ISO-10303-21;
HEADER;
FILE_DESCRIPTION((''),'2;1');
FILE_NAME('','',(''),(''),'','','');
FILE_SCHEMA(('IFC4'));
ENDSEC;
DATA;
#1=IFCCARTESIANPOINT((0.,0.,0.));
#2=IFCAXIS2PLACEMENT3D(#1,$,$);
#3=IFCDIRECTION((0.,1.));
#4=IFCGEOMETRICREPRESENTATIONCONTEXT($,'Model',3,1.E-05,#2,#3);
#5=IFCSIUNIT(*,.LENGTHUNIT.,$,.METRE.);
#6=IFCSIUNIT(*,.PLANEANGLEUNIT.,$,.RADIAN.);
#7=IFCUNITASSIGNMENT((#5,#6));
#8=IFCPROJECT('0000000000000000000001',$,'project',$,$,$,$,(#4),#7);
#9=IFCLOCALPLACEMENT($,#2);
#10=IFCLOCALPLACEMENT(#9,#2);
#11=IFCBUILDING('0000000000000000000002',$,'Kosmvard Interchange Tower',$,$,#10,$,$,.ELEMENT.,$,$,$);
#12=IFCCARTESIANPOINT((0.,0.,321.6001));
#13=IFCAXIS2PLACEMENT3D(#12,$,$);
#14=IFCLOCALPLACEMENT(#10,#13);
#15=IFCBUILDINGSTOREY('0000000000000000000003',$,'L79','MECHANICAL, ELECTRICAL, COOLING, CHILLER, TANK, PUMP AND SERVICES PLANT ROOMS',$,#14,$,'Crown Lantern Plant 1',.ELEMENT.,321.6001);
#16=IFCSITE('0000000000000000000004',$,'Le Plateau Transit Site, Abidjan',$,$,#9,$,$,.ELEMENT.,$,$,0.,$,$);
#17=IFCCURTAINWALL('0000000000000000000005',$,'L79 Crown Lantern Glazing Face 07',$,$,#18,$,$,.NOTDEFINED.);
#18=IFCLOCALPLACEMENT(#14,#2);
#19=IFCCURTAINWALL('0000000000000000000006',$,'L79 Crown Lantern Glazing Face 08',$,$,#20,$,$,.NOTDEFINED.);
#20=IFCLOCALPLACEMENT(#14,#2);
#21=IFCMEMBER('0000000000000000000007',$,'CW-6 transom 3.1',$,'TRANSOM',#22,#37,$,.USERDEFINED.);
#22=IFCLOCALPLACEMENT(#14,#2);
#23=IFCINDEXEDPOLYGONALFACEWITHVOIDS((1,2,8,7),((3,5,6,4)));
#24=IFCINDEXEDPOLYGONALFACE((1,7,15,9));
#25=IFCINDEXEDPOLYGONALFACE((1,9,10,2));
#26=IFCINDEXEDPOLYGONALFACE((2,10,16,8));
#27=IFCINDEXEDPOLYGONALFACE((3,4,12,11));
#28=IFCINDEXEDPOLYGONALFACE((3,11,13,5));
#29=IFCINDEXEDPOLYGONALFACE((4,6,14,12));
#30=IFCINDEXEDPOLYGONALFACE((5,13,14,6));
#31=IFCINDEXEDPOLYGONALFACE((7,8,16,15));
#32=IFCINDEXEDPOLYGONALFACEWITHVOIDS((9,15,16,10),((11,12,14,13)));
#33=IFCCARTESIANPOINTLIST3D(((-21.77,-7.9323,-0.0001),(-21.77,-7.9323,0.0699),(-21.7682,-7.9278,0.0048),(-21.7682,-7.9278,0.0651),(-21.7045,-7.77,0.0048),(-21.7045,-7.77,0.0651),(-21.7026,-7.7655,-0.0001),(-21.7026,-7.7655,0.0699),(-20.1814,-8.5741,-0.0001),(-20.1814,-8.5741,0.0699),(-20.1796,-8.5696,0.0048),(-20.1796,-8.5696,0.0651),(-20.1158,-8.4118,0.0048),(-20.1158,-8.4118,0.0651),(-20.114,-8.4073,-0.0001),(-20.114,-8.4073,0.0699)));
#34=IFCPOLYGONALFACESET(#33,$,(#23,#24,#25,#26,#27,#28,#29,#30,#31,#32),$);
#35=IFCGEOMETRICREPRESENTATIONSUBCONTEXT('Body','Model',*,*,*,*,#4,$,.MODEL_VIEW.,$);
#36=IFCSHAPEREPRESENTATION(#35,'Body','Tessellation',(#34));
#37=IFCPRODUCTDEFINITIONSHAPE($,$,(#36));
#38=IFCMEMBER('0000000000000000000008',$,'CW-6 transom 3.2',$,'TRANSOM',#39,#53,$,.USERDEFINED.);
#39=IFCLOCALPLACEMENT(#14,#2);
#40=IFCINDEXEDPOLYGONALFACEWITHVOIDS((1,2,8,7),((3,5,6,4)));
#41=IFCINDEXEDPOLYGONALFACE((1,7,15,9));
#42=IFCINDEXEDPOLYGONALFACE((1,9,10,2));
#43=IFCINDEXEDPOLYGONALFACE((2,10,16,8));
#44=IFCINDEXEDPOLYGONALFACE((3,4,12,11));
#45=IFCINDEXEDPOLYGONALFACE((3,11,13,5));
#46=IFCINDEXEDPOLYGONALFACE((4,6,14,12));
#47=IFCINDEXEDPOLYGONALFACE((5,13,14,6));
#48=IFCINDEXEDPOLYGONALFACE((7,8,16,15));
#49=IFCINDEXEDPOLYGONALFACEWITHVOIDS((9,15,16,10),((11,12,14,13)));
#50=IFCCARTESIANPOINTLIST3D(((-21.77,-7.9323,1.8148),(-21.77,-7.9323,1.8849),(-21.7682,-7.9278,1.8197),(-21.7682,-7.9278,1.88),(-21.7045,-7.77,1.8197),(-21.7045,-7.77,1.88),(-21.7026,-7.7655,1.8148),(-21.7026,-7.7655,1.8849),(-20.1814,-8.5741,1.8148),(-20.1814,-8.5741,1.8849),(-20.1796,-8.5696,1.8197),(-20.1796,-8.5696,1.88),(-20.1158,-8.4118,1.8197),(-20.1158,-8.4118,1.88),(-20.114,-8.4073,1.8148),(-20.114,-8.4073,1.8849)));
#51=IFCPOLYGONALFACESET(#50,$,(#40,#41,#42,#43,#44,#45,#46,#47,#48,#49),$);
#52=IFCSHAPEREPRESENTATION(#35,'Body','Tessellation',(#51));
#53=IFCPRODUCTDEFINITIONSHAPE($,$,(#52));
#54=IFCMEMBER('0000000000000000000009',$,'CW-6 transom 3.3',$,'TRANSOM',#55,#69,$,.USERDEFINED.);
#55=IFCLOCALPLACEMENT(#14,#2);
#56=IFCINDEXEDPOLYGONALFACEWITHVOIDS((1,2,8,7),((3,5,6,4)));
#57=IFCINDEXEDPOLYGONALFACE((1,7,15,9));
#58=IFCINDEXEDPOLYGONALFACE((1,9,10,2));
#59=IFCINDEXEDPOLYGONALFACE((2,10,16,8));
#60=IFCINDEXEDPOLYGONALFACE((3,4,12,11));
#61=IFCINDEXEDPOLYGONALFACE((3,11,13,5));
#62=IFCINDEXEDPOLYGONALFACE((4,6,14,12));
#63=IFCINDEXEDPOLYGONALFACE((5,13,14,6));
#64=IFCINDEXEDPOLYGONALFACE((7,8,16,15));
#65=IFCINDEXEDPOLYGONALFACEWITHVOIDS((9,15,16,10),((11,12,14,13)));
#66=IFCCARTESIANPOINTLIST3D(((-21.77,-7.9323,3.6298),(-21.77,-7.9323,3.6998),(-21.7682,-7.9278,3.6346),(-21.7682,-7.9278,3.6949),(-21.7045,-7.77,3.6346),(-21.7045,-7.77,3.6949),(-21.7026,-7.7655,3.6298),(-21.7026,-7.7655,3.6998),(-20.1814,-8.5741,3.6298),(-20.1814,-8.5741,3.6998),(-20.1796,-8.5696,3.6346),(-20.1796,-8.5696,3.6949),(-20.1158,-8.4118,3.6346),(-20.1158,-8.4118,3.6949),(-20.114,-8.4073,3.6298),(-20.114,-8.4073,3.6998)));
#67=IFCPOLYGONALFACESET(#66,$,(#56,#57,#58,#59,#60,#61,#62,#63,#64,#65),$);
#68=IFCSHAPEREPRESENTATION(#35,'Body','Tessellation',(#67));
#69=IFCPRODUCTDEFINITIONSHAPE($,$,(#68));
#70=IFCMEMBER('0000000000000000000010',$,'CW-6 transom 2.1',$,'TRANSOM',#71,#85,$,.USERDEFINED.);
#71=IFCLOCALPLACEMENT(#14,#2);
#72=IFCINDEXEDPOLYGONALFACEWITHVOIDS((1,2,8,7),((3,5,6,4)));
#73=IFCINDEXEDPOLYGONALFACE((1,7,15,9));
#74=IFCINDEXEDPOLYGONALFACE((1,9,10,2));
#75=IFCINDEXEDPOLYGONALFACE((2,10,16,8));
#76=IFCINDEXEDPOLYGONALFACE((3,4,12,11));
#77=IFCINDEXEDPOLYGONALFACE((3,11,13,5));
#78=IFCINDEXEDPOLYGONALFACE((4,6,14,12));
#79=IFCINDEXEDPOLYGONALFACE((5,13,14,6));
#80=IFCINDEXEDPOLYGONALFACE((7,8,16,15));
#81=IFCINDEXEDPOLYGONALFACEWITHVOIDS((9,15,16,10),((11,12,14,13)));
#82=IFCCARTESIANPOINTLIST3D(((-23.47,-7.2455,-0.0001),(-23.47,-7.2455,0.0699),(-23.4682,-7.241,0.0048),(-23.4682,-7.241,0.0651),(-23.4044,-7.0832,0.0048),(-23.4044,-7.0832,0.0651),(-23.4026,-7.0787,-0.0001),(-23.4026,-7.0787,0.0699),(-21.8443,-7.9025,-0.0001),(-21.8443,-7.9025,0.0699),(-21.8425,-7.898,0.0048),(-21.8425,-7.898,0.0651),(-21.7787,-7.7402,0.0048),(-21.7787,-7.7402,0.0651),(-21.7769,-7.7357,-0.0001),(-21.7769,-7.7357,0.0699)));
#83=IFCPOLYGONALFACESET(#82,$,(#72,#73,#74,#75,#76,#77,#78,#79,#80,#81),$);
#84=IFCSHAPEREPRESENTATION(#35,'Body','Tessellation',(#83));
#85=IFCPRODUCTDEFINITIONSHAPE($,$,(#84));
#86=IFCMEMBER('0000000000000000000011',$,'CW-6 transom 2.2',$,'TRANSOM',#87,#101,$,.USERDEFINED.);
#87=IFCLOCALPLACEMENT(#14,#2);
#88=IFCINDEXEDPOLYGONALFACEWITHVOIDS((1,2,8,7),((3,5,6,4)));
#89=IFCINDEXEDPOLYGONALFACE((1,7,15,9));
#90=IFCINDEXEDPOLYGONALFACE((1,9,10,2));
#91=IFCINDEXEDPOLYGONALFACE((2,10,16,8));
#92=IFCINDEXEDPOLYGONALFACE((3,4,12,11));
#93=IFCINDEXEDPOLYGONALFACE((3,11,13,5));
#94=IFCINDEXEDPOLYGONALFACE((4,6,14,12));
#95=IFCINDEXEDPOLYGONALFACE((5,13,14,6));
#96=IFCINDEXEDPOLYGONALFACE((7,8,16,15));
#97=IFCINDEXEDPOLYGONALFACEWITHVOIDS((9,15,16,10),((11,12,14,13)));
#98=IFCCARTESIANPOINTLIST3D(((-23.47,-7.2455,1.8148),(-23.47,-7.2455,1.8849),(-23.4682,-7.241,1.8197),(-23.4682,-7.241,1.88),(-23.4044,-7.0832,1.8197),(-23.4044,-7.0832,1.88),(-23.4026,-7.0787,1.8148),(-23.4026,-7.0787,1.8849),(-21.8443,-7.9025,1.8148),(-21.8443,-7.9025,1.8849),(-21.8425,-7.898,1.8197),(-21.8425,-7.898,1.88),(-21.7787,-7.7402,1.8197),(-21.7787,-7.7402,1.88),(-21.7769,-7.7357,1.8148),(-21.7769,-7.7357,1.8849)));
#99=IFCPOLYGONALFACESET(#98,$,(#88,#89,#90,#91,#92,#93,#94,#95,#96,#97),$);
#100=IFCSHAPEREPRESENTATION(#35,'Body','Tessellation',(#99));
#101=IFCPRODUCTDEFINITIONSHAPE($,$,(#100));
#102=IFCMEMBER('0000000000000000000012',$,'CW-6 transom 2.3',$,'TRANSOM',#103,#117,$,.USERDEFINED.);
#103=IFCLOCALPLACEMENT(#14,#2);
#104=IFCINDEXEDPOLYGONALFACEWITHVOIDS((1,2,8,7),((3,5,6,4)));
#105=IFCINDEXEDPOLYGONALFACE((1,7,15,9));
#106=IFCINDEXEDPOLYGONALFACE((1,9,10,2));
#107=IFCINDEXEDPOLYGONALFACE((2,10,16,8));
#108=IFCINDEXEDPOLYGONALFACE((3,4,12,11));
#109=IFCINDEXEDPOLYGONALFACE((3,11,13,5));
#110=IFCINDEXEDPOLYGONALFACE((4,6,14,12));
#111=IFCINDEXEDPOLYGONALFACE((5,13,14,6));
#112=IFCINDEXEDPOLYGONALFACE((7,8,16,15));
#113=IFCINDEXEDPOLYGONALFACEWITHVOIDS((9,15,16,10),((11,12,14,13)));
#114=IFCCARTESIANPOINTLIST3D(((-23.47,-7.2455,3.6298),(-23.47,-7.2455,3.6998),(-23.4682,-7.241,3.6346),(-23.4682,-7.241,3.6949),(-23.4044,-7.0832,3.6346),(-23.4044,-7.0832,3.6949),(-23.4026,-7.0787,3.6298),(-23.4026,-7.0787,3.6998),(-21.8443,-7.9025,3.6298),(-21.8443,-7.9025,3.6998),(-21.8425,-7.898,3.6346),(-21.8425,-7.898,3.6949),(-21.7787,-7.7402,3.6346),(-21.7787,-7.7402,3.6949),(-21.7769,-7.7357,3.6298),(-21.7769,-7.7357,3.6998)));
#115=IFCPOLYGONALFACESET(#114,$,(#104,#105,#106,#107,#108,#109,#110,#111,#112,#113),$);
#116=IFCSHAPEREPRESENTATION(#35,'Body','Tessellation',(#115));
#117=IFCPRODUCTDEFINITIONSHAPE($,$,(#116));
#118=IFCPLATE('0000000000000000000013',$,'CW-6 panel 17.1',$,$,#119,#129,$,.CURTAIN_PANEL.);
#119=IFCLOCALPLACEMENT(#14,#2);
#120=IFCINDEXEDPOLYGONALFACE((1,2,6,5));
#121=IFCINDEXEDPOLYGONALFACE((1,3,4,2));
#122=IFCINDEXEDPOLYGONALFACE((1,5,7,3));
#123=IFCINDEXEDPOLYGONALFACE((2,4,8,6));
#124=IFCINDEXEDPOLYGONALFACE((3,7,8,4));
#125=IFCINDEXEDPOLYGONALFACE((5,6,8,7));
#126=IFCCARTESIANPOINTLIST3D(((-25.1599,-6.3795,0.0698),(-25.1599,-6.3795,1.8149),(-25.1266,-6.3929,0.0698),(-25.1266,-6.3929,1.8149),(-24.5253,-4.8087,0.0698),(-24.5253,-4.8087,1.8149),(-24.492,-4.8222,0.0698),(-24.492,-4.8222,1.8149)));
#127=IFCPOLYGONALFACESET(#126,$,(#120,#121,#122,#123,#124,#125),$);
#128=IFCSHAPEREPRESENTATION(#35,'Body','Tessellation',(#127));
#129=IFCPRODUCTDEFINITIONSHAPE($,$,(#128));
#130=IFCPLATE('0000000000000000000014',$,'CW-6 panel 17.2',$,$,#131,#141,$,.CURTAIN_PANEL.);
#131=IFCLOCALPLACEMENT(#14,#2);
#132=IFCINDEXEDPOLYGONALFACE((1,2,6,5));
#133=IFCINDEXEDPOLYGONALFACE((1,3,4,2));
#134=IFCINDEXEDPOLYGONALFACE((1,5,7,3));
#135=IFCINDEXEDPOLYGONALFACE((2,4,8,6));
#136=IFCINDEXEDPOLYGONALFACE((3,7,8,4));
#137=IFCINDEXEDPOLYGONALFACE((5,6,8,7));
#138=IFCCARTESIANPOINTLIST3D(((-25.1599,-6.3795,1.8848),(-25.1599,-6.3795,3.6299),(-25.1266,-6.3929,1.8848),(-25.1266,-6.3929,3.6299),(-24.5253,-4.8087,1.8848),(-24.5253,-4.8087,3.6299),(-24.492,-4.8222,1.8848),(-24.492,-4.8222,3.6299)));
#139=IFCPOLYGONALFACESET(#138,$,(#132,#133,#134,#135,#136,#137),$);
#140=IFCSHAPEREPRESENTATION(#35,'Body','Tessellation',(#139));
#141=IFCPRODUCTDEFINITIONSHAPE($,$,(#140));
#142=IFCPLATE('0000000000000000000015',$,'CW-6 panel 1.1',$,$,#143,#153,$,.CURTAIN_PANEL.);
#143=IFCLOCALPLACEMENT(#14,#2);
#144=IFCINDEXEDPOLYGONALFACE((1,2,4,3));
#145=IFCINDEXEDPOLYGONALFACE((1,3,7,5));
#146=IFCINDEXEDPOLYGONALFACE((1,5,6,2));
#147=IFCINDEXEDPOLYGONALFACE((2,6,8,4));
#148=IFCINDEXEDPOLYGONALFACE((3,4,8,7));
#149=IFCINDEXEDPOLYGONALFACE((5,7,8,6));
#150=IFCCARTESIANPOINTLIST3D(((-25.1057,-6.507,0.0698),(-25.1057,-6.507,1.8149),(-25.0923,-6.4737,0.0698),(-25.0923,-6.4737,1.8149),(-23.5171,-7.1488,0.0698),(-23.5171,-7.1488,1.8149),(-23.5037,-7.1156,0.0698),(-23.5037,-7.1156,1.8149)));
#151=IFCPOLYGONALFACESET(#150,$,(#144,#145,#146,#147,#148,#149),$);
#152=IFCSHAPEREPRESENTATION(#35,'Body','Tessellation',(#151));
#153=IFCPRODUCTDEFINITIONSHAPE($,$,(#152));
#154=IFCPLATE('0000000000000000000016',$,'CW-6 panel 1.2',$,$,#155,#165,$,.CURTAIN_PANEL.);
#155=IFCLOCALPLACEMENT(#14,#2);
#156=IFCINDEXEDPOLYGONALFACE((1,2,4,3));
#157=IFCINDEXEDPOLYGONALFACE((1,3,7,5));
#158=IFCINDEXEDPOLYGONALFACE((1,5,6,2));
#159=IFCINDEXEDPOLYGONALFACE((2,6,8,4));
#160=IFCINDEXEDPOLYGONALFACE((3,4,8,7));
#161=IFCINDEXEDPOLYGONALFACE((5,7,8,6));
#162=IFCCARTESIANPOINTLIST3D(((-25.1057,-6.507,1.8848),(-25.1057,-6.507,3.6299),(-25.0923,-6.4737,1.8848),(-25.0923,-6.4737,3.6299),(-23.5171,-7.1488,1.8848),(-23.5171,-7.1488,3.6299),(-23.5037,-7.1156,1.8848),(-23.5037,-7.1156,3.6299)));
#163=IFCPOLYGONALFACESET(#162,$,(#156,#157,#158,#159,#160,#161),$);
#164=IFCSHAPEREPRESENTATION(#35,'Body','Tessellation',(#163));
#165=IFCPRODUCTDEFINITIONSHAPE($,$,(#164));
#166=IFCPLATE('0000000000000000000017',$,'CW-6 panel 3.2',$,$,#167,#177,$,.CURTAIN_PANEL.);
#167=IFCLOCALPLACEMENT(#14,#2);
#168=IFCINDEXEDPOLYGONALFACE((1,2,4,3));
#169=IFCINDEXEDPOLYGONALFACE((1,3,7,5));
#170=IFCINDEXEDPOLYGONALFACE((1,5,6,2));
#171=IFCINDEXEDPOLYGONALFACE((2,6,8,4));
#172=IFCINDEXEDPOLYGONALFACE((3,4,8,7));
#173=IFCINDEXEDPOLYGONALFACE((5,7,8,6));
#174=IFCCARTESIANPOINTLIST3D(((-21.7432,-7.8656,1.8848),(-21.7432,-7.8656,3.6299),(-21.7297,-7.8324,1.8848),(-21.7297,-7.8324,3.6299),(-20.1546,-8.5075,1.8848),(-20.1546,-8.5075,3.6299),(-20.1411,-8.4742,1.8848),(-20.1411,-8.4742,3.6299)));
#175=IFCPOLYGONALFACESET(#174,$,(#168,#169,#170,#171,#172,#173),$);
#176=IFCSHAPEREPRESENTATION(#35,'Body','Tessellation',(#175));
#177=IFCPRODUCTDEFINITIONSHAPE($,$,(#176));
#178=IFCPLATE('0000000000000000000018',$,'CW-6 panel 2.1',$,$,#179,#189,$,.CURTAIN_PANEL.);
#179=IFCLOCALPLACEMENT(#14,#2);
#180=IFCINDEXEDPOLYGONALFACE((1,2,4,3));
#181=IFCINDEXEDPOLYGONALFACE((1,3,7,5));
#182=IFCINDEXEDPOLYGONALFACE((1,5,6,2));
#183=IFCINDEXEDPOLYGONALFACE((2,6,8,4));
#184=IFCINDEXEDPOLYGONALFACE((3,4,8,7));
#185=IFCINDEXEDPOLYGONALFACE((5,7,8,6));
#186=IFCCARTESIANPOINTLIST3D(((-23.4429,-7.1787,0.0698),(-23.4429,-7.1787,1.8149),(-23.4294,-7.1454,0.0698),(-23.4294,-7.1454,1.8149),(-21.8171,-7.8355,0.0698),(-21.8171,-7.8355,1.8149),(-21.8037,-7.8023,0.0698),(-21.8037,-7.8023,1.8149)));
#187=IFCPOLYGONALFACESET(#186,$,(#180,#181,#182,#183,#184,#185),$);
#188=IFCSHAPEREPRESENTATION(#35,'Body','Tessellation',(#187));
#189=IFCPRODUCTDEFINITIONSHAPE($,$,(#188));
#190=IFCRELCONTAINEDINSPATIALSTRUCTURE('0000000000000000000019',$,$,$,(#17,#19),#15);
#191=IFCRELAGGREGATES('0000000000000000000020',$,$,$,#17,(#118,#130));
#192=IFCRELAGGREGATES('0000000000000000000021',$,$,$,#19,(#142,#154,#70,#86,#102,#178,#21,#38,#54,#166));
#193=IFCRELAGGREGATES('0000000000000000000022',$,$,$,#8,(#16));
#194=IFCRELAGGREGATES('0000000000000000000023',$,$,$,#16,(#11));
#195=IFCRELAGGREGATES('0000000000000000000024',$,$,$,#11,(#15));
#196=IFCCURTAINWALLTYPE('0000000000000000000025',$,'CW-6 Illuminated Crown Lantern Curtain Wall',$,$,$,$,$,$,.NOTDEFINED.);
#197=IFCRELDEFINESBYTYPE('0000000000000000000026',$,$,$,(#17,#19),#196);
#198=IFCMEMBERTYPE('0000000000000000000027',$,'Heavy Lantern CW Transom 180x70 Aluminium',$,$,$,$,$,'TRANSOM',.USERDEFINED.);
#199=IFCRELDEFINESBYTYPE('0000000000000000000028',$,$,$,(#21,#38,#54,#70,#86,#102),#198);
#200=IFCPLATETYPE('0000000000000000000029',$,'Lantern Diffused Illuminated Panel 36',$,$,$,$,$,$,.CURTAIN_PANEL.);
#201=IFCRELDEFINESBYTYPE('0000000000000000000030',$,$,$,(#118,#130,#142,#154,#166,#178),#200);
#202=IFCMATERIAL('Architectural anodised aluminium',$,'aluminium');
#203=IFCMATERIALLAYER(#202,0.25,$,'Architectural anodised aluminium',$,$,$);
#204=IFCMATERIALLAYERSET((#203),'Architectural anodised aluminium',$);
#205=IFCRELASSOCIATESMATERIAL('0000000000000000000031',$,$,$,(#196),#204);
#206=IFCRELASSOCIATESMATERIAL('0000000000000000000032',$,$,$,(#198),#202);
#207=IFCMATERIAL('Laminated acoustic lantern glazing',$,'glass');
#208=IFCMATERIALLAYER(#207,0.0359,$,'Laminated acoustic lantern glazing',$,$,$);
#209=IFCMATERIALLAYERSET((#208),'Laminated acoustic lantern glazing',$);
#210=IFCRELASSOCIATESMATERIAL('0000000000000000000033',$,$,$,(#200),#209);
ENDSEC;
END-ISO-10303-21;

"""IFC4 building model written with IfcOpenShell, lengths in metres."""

from ifc_helpers import new_model, si_unit, direction, frame, origin, origin_2d, place, context, subcontext, project, spatial, rectangle, hollow_rectangle, extrude, source, transform, mapped, material, layer, layer_set, material_profile, profile_set, type_object, element, aggregate, save


model = new_model("IFC4")

# Units and contexts
model_context = context("Model", 3, precision=1e-05, world=origin(), true_north=direction((0.0, 1.0)))
body_context = subcontext(model_context, "Body", "Model", "MODEL_VIEW")
ifc_project = project(units=[si_unit("LENGTHUNIT", "METRE"), si_unit("PLANEANGLEUNIT", "RADIAN")], contexts=[model_context])

# Site, building, storey
site_placement = place(None, origin())
site = spatial("IfcSite", under=ifc_project, at=site_placement, Name="Le Plateau Transit Site, Abidjan", CompositionType="ELEMENT", RefElevation=0.0)
building_placement = place(site_placement, origin())
building = spatial("IfcBuilding", under=site, at=building_placement, Name="Kosmvard Interchange Tower", CompositionType="ELEMENT")
storey_placement = place(building_placement, frame((0.0, 0.0, 321.6001)))
storey = spatial("IfcBuildingStorey", under=building, at=storey_placement, Name="L79", Description="MECHANICAL, ELECTRICAL, COOLING, CHILLER, TANK, PUMP AND SERVICES PLANT ROOMS", LongName="Crown Lantern Plant 1", CompositionType="ELEMENT", Elevation=321.6001)

# Curtain wall
ifc_material_1 = material(Name="Architectural anodised aluminium", Category="aluminium")
ifc_layer_1 = layer(ifc_material_1, 0.25, Name="Architectural anodised aluminium")
ifc_layer_set_1 = layer_set([ifc_layer_1], Name="Architectural anodised aluminium")
curtain_wall_type = type_object("IfcCurtainWallType", Name="CW-6 Illuminated Crown Lantern Curtain Wall", PredefinedType="NOTDEFINED", material=ifc_layer_set_1)
curtain_wall_1_placement = place(storey_placement, origin())
curtain_wall_1 = element("IfcCurtainWall", 1, at=curtain_wall_1_placement, inside=storey, type_object=curtain_wall_type, Name="L79 Crown Lantern Glazing Face 07", PredefinedType="NOTDEFINED")

# Curtain wall, members
curtain_wall_2_placement = place(storey_placement, origin())
curtain_wall_2 = element("IfcCurtainWall", 2, at=curtain_wall_2_placement, inside=storey, type_object=curtain_wall_type, Name="L79 Crown Lantern Glazing Face 08", PredefinedType="NOTDEFINED")
ifc_material_profile_1 = material_profile(ifc_material_1, hollow_rectangle(XDim=0.1799, YDim=0.0701, WallThickness=0.0049, at=origin_2d()), Name="CWT 180x70x5")
ifc_profile_set_1 = profile_set([ifc_material_profile_1], Name="Architectural anodised aluminium")
member_type_1 = type_object("IfcMemberType", Name="Heavy Lantern CW Transom 180x70 Aluminium", ElementType="TRANSOM", PredefinedType="USERDEFINED", material=ifc_profile_set_1)
shared_shape_1 = source(origin(), body_context, "Body", "SweptSolid", [
    extrude(hollow_rectangle(XDim=0.1799, YDim=0.0701, WallThickness=0.0049, at=origin_2d()), origin(), (0.0, 0.0, 1.0), 1.7134),
])
member_1_placement = place(storey_placement, frame((-21.7363, -7.8489, 0.0349), z_axis=(0.927184, -0.374607, 0.0), x_axis=(0.374607, 0.927184, 0.0)))
member_1 = element("IfcMember", 3, at=member_1_placement, type_object=member_type_1, Name="CW-6 transom 3.1", ObjectType="TRANSOM", PredefinedType="USERDEFINED", context=body_context, shape_type="MappedRepresentation", body=[
    mapped(shared_shape_1, transform((0.0, 0.0, 0.0), scale=1.0)),
])
member_2_placement = place(storey_placement, frame((-21.7363, -7.8489, 1.8499), z_axis=(0.927184, -0.374607, 0.0), x_axis=(0.374607, 0.927184, 0.0)))
member_2 = element("IfcMember", 4, at=member_2_placement, type_object=member_type_1, Name="CW-6 transom 3.2", ObjectType="TRANSOM", PredefinedType="USERDEFINED", context=body_context, shape_type="MappedRepresentation", body=[
    mapped(shared_shape_1, transform((0.0, 0.0, 0.0), scale=1.0)),
])
member_3_placement = place(storey_placement, frame((-21.7363, -7.8489, 3.6648), z_axis=(0.927184, -0.374607, 0.0), x_axis=(0.374607, 0.927184, 0.0)))
member_3 = element("IfcMember", 5, at=member_3_placement, type_object=member_type_1, Name="CW-6 transom 3.3", ObjectType="TRANSOM", PredefinedType="USERDEFINED", context=body_context, shape_type="MappedRepresentation", body=[
    mapped(shared_shape_1, transform((0.0, 0.0, 0.0), scale=1.0)),
])
shared_shape_2 = source(origin(), body_context, "Body", "SweptSolid", [
    extrude(hollow_rectangle(XDim=0.1799, YDim=0.0701, WallThickness=0.0049, at=origin_2d()), origin(), (0.0, 0.0, 1.0), 1.7534),
])
member_4_placement = place(storey_placement, frame((-23.4363, -7.1621, 0.0349), z_axis=(0.927155, -0.374677, 0.0), x_axis=(0.374677, 0.927155, 0.0)))
member_4 = element("IfcMember", 6, at=member_4_placement, type_object=member_type_1, Name="CW-6 transom 2.1", ObjectType="TRANSOM", PredefinedType="USERDEFINED", context=body_context, shape_type="MappedRepresentation", body=[
    mapped(shared_shape_2, transform((0.0, 0.0, 0.0), scale=1.0)),
])
member_5_placement = place(storey_placement, frame((-23.4363, -7.1621, 1.8499), z_axis=(0.927155, -0.374677, 0.0), x_axis=(0.374677, 0.927155, 0.0)))
member_5 = element("IfcMember", 7, at=member_5_placement, type_object=member_type_1, Name="CW-6 transom 2.2", ObjectType="TRANSOM", PredefinedType="USERDEFINED", context=body_context, shape_type="MappedRepresentation", body=[
    mapped(shared_shape_2, transform((0.0, 0.0, 0.0), scale=1.0)),
])
member_6_placement = place(storey_placement, frame((-23.4363, -7.1621, 3.6648), z_axis=(0.927155, -0.374677, 0.0), x_axis=(0.374677, 0.927155, 0.0)))
member_6 = element("IfcMember", 8, at=member_6_placement, type_object=member_type_1, Name="CW-6 transom 2.3", ObjectType="TRANSOM", PredefinedType="USERDEFINED", context=body_context, shape_type="MappedRepresentation", body=[
    mapped(shared_shape_2, transform((0.0, 0.0, 0.0), scale=1.0)),
])

# Plates
ifc_material_2 = material(Name="Laminated acoustic lantern glazing", Category="glass")
ifc_layer_2 = layer(ifc_material_2, 0.0359, Name="Laminated acoustic lantern glazing")
ifc_layer_set_2 = layer_set([ifc_layer_2], Name="Laminated acoustic lantern glazing")
plate_type = type_object("IfcPlateType", Name="Lantern Diffused Illuminated Panel 36", PredefinedType="CURTAIN_PANEL", material=ifc_layer_set_2)
shared_shape_3 = source(origin(), body_context, "Body", "SweptSolid", [
    extrude(rectangle(XDim=1.6941, YDim=0.0359, at=origin_2d()), origin(), (0.0, 0.0, 1.0), 1.7451),
])
plate_1_placement = place(storey_placement, frame((-24.8259, -5.6008, 0.0698), z_axis=(0.0, 0.0, 1.0), x_axis=(-0.374607, -0.927184, 0.0)))
plate_1 = element("IfcPlate", 9, at=plate_1_placement, type_object=plate_type, Name="CW-6 panel 17.1", PredefinedType="CURTAIN_PANEL", context=body_context, shape_type="MappedRepresentation", body=[
    mapped(shared_shape_3, transform((0.0, 0.0, 0.0), scale=1.0)),
])
plate_2_placement = place(storey_placement, frame((-24.8259, -5.6008, 1.8848), z_axis=(0.0, 0.0, 1.0), x_axis=(-0.374607, -0.927184, 0.0)))
plate_2 = element("IfcPlate", 10, at=plate_2_placement, type_object=plate_type, Name="CW-6 panel 17.2", PredefinedType="CURTAIN_PANEL", context=body_context, shape_type="MappedRepresentation", body=[
    mapped(shared_shape_3, transform((0.0, 0.0, 0.0), scale=1.0)),
])
aggregate(curtain_wall_1, [plate_1, plate_2])
shared_shape_4 = source(origin(), body_context, "Body", "SweptSolid", [
    extrude(rectangle(XDim=1.7134, YDim=0.0359, at=origin_2d()), origin(), (0.0, 0.0, 1.0), 1.7451),
])
plate_3_placement = place(storey_placement, frame((-24.3047, -6.8113, 0.0698), z_axis=(0.0, 0.0, 1.0), x_axis=(0.927184, -0.374607, 0.0)))
plate_3 = element("IfcPlate", 11, at=plate_3_placement, type_object=plate_type, Name="CW-6 panel 1.1", PredefinedType="CURTAIN_PANEL", context=body_context, shape_type="MappedRepresentation", body=[
    mapped(shared_shape_4, transform((0.0, 0.0, 0.0), scale=1.0)),
])
plate_4_placement = place(storey_placement, frame((-24.3047, -6.8113, 1.8848), z_axis=(0.0, 0.0, 1.0), x_axis=(0.927184, -0.374607, 0.0)))
plate_4 = element("IfcPlate", 12, at=plate_4_placement, type_object=plate_type, Name="CW-6 panel 1.2", PredefinedType="CURTAIN_PANEL", context=body_context, shape_type="MappedRepresentation", body=[
    mapped(shared_shape_4, transform((0.0, 0.0, 0.0), scale=1.0)),
])
plate_5_placement = place(storey_placement, frame((-20.9421, -8.1699, 1.8848), z_axis=(0.0, 0.0, 1.0), x_axis=(0.927184, -0.374607, 0.0)))
plate_5 = element("IfcPlate", 13, at=plate_5_placement, type_object=plate_type, Name="CW-6 panel 3.2", PredefinedType="CURTAIN_PANEL", context=body_context, shape_type="MappedRepresentation", body=[
    mapped(shared_shape_4, transform((0.0, 0.0, 0.0), scale=1.0)),
])
shared_shape_5 = source(origin(), body_context, "Body", "SweptSolid", [
    extrude(rectangle(XDim=1.7534, YDim=0.0359, at=origin_2d()), origin(), (0.0, 0.0, 1.0), 1.7451),
])
plate_6_placement = place(storey_placement, frame((-22.6233, -7.4905, 0.0698), z_axis=(0.0, 0.0, 1.0), x_axis=(0.927184, -0.374607, 0.0)))
plate_6 = element("IfcPlate", 14, at=plate_6_placement, type_object=plate_type, Name="CW-6 panel 2.1", PredefinedType="CURTAIN_PANEL", context=body_context, shape_type="MappedRepresentation", body=[
    mapped(shared_shape_5, transform((0.0, 0.0, 0.0), scale=1.0)),
])
aggregate(curtain_wall_2, [plate_3, plate_4, member_4, member_5, member_6, plate_6, member_1, member_2, member_3, plate_5])

save(model, "model.ifc")
